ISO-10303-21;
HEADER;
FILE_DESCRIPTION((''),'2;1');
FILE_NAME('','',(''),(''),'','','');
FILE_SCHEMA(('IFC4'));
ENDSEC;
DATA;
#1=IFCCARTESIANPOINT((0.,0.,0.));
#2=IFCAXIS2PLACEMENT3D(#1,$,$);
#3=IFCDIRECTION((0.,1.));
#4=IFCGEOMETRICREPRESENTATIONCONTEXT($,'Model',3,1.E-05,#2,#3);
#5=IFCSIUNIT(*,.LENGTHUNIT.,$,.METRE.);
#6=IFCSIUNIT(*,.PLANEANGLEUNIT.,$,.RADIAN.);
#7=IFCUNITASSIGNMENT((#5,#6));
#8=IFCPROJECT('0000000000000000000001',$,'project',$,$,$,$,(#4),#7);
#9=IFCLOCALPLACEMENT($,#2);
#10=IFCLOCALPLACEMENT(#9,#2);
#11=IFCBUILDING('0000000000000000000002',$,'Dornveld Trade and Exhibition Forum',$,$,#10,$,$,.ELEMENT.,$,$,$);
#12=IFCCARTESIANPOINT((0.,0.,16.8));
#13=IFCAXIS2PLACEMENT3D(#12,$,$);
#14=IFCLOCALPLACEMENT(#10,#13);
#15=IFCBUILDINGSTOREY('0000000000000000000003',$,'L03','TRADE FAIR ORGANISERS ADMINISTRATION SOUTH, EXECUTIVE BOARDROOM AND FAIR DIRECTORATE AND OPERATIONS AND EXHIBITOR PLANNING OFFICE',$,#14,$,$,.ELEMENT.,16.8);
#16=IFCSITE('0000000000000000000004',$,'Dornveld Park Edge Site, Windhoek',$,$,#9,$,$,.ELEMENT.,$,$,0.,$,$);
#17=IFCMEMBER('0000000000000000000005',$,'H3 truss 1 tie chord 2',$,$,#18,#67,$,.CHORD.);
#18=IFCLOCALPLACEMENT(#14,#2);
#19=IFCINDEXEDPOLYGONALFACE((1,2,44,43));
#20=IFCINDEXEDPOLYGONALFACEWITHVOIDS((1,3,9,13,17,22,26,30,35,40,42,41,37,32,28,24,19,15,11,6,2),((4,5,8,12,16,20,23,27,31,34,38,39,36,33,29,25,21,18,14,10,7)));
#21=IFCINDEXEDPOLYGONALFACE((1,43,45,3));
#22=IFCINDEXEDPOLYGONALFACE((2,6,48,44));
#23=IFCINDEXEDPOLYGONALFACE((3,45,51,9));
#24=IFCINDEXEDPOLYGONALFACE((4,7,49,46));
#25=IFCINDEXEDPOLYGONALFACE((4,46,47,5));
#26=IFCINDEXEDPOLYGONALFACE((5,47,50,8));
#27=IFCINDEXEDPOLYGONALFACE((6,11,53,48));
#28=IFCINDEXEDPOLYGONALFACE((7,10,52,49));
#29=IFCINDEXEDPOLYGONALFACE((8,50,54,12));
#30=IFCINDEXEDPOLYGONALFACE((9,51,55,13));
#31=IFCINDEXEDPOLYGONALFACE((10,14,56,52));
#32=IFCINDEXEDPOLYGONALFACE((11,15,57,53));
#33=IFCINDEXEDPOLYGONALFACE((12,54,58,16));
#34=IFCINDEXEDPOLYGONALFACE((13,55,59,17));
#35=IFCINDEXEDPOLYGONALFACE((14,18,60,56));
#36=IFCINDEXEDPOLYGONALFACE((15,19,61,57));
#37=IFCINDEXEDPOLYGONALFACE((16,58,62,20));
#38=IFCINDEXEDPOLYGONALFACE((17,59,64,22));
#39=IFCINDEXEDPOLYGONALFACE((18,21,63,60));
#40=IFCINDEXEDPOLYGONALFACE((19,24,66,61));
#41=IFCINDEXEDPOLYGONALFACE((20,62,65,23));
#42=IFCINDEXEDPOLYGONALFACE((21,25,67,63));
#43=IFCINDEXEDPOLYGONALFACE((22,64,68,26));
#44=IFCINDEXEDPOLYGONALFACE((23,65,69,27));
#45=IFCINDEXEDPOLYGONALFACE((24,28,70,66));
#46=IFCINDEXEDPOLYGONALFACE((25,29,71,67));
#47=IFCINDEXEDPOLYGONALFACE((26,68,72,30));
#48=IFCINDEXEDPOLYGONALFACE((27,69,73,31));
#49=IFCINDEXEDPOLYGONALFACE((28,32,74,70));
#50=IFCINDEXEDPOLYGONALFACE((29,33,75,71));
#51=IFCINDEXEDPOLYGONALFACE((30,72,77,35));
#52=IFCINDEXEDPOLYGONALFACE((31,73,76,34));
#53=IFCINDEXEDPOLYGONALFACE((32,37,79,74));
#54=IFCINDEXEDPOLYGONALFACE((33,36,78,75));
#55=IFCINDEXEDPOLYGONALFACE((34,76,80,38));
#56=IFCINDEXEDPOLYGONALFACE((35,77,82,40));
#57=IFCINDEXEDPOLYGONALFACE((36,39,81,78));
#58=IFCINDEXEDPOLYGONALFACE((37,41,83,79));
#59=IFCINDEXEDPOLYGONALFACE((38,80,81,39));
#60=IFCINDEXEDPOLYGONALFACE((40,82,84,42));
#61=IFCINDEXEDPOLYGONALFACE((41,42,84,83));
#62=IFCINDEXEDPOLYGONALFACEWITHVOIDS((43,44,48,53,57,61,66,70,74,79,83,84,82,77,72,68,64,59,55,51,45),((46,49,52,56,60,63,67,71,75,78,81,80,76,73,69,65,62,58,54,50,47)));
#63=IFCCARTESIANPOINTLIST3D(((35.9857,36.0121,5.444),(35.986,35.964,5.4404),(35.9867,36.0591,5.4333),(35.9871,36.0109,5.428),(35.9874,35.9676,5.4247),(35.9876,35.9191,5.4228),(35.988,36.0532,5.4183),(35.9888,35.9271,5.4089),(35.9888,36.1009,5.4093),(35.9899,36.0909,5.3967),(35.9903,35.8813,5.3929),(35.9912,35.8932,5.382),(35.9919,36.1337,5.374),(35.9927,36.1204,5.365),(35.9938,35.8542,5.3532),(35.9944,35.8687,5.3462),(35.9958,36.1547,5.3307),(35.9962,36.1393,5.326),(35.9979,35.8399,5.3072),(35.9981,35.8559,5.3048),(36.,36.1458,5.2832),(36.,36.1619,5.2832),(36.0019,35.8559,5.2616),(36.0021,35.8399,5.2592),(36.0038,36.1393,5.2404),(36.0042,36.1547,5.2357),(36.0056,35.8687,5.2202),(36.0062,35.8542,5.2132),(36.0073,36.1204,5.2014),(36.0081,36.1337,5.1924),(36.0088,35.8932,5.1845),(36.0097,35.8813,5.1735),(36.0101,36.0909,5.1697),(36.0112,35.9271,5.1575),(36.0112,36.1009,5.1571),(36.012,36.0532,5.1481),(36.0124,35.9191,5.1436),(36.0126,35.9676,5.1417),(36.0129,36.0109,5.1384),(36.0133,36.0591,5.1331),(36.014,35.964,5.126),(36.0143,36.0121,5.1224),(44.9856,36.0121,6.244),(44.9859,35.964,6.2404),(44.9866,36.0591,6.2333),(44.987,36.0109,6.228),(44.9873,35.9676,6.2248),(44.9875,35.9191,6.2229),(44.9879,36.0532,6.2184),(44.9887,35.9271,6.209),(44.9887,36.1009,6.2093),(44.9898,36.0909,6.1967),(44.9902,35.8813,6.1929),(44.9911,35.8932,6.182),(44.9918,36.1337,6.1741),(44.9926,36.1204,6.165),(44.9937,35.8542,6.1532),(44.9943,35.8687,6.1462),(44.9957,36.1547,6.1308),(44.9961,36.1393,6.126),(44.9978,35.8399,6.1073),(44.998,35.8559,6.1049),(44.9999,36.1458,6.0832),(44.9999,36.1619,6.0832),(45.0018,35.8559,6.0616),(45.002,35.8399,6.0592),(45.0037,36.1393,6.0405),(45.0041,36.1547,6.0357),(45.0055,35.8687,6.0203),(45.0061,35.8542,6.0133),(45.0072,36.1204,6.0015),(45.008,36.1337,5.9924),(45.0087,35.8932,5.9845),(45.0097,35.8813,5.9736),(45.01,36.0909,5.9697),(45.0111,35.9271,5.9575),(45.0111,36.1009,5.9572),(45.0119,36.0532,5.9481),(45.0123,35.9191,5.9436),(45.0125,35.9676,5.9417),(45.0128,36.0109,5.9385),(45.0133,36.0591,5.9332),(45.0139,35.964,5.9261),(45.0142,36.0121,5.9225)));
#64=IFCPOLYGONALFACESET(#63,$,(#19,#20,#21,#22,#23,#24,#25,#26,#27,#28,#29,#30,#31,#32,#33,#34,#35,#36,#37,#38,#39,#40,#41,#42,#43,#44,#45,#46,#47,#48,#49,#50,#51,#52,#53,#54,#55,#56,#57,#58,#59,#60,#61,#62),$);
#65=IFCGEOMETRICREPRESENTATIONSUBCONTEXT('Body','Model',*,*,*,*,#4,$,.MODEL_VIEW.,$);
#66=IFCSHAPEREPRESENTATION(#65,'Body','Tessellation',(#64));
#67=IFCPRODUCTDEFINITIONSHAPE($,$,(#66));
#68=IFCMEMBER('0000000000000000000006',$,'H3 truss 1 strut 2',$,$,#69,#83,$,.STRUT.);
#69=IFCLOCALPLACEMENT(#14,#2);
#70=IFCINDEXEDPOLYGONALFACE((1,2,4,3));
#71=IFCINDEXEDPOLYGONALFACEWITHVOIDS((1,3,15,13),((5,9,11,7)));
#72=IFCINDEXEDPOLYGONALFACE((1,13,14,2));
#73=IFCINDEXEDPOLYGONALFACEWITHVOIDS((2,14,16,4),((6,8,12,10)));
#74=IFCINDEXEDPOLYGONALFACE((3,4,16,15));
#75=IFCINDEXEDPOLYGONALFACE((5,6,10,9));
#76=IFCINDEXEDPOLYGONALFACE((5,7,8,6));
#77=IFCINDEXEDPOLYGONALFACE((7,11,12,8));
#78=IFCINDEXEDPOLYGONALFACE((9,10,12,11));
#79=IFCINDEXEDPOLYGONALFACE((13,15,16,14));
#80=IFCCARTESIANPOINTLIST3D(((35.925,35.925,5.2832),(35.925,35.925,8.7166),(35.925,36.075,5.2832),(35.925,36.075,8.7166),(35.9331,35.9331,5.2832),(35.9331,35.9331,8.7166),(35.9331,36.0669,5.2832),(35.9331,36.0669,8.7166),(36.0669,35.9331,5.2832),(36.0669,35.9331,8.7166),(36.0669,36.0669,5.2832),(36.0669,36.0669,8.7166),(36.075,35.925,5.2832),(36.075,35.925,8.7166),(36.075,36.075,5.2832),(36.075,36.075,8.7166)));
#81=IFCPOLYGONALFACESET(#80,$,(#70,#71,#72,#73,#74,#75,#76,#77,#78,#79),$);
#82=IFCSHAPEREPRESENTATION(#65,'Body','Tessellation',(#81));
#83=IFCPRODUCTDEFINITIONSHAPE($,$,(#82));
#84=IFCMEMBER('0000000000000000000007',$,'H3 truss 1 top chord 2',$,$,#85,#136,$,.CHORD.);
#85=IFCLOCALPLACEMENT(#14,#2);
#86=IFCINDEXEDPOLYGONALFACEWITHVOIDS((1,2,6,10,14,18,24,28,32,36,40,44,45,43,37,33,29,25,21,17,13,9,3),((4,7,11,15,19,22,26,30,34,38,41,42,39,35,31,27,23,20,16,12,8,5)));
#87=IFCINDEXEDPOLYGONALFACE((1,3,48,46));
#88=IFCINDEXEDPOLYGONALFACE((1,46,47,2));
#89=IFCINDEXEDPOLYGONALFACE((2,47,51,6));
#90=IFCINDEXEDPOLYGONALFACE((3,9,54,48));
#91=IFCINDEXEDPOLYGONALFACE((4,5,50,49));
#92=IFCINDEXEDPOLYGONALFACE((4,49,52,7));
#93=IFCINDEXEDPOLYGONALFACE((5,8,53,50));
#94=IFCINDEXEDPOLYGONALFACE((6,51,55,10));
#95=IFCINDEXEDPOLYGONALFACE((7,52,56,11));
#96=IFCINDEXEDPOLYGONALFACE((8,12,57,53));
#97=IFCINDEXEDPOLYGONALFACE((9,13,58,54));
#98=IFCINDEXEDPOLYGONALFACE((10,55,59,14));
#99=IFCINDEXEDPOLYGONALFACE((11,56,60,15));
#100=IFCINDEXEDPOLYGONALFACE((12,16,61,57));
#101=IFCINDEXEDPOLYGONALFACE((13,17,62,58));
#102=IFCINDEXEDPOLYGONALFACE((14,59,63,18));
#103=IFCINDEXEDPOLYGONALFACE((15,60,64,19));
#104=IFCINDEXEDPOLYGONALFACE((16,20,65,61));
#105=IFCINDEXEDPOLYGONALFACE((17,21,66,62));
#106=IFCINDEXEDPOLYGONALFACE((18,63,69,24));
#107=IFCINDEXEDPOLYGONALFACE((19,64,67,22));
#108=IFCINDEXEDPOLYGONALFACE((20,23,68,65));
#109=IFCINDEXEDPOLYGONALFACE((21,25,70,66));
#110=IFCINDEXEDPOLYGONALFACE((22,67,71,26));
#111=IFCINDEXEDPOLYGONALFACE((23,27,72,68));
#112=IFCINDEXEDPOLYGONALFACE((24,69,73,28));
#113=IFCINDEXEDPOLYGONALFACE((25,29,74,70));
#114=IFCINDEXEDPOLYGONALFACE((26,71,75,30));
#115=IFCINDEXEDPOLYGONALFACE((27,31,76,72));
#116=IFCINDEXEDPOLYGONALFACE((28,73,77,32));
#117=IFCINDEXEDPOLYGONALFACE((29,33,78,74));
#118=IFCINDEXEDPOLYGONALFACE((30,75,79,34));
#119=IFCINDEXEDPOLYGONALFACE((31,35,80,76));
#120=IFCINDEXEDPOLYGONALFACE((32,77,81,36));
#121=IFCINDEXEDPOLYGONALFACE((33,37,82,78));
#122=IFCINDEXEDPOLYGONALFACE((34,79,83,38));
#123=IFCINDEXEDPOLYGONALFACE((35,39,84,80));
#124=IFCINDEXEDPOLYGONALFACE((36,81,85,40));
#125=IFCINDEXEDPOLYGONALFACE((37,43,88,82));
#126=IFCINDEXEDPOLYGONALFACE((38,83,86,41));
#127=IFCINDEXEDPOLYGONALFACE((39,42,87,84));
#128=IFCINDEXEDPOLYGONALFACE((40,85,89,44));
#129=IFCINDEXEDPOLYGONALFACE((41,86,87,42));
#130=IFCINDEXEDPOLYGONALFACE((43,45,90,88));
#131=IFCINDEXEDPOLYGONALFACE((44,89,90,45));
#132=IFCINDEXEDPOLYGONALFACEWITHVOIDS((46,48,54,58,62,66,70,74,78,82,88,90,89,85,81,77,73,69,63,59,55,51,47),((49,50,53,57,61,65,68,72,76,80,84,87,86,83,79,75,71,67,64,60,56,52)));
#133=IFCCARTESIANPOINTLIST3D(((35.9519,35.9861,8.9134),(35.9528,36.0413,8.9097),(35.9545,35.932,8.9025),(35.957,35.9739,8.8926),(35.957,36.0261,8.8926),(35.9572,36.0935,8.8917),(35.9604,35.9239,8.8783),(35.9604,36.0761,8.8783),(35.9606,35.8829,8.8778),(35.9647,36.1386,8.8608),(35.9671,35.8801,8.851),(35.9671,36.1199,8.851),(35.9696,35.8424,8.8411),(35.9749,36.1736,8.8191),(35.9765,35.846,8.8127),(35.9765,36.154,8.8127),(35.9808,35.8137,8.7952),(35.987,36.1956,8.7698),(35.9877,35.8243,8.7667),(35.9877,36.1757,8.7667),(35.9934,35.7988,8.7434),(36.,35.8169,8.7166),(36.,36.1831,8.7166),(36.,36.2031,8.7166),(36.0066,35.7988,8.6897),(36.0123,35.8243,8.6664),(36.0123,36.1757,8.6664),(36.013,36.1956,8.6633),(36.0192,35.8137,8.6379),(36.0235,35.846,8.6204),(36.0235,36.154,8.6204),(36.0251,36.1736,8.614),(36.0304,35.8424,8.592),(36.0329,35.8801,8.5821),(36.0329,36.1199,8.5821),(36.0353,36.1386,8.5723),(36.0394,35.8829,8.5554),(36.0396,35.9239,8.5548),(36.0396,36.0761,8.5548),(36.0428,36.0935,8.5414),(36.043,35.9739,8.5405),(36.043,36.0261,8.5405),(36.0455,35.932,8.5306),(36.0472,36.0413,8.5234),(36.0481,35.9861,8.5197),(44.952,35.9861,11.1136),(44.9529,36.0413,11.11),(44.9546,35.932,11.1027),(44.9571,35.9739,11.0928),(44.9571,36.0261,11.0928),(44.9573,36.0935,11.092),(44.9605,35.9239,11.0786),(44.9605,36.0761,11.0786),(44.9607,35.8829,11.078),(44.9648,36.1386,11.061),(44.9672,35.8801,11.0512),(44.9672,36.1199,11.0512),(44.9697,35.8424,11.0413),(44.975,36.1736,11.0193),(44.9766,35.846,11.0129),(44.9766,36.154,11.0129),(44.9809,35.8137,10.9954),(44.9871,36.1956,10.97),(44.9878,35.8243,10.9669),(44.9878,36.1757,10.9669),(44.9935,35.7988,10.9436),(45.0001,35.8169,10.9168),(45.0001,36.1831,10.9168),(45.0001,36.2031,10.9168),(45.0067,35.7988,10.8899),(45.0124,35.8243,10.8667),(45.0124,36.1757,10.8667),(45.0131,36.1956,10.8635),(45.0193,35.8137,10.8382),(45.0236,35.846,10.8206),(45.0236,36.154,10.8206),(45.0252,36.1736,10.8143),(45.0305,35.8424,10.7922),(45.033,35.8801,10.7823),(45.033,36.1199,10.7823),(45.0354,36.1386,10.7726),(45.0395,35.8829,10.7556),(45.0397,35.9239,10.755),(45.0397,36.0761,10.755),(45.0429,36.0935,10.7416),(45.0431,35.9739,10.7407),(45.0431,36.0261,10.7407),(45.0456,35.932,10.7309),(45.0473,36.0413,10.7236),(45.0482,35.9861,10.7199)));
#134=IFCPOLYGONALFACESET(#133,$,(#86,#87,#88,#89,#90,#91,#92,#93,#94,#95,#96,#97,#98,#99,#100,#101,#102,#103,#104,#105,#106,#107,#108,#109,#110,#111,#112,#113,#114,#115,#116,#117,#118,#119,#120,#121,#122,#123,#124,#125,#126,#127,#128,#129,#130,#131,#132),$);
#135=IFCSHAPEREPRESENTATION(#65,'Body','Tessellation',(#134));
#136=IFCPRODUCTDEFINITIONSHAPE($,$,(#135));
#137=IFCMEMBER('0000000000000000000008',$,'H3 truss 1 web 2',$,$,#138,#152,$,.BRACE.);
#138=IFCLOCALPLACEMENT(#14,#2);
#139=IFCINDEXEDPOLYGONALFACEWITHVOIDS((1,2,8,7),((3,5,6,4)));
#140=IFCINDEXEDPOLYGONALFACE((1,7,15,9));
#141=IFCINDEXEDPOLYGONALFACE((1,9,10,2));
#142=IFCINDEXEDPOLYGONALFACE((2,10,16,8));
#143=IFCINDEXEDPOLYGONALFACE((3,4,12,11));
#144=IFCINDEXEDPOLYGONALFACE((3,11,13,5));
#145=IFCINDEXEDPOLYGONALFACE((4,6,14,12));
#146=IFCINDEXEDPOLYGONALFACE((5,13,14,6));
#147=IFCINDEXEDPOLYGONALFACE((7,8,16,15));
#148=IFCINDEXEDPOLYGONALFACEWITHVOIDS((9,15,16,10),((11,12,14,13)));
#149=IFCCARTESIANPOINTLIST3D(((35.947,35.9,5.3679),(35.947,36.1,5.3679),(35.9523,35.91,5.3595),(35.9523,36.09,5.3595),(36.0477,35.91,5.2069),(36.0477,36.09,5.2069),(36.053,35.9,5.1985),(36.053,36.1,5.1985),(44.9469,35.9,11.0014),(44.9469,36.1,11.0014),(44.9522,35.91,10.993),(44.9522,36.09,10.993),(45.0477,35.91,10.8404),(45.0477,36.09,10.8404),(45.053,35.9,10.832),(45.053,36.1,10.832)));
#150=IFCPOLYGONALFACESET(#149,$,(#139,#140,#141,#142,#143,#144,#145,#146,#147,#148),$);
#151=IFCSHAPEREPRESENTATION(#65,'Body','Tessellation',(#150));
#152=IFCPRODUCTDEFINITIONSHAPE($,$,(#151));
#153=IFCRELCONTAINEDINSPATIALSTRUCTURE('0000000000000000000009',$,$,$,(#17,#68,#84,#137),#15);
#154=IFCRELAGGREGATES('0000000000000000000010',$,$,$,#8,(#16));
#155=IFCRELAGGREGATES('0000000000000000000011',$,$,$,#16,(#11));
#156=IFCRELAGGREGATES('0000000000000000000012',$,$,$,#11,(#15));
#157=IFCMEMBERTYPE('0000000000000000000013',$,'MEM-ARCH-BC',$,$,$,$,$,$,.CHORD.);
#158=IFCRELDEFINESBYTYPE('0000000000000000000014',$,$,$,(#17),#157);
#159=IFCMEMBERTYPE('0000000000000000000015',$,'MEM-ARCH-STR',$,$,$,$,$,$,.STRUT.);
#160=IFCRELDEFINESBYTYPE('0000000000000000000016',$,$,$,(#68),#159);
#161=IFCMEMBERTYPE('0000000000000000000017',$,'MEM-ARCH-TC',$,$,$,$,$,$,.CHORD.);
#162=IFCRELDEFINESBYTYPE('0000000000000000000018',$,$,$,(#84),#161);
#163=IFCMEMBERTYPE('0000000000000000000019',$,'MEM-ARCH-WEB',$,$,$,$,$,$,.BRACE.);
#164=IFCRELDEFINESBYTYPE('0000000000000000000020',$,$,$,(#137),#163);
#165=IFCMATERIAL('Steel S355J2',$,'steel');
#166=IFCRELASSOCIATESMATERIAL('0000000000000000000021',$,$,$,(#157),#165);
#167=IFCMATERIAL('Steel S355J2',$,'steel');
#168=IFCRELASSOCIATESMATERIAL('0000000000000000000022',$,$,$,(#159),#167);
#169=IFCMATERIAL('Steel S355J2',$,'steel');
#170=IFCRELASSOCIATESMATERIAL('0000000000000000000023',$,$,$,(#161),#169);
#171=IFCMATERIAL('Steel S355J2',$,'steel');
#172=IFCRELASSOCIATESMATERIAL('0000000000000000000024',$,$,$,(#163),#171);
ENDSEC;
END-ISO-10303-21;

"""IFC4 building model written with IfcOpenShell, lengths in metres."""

from ifc_helpers import new_model, si_unit, direction, frame, origin, origin_2d, place, context, subcontext, project, spatial, hollow_rectangle, hollow_circle, extrude, material, material_profile, profile_set, type_object, element, save


model = new_model("IFC4")

# Units and contexts
model_context = context("Model", 3, precision=1e-05, world=origin(), true_north=direction((0.0, 1.0)))
body_context = subcontext(model_context, "Body", "Model", "MODEL_VIEW")
ifc_project = project(units=[si_unit("LENGTHUNIT", "METRE"), si_unit("PLANEANGLEUNIT", "RADIAN")], contexts=[model_context])

# Site, building, storey
site_placement = place(None, origin())
site = spatial("IfcSite", under=ifc_project, at=site_placement, Name="Dornveld Park Edge Site, Windhoek", CompositionType="ELEMENT", RefElevation=0.0)
building_placement = place(site_placement, origin())
building = spatial("IfcBuilding", under=site, at=building_placement, Name="Dornveld Trade and Exhibition Forum", CompositionType="ELEMENT")
storey_placement = place(building_placement, frame((0.0, 0.0, 16.8)))
storey = spatial("IfcBuildingStorey", under=building, at=storey_placement, Name="L03", Description="TRADE FAIR ORGANISERS ADMINISTRATION SOUTH, EXECUTIVE BOARDROOM AND FAIR DIRECTORATE AND OPERATIONS AND EXHIBITOR PLANNING OFFICE", CompositionType="ELEMENT", Elevation=16.8)

# Members
ifc_material_1 = material(Name="Steel S355J2", Category="steel")
ifc_material_profile_1 = material_profile(ifc_material_1, hollow_circle(Radius=0.1619, WallThickness=0.0161, at=origin_2d()), Name="CHS 323.9x16")
ifc_profile_set_1 = profile_set([ifc_material_profile_1], Name="Steel S355J2")
member_type_1 = type_object("IfcMemberType", Name="MEM-ARCH-BC", PredefinedType="CHORD", material=ifc_profile_set_1)
member_1_placement = place(storey_placement, frame((36.0, 36.0, 5.2832), z_axis=(0.996072, 0.0, 0.088545), x_axis=(0.0, 1.0, 0.0)))
element("IfcMember", 1, at=member_1_placement, inside=storey, type_object=member_type_1, Name="H3 truss 1 tie chord 2", PredefinedType="CHORD", context=body_context, shape_type="SweptSolid", body=[
    extrude(hollow_circle(Radius=0.1619, WallThickness=0.0161, at=origin_2d()), origin(), (0.0, 0.0, 1.0), 9.0354),
])
ifc_material_2 = material(Name="Steel S355J2", Category="steel")
ifc_material_profile_2 = material_profile(ifc_material_2, hollow_rectangle(XDim=0.1499, YDim=0.1499, WallThickness=0.0081, at=origin_2d()), Name="SHS 150x150x8")
ifc_profile_set_2 = profile_set([ifc_material_profile_2], Name="Steel S355J2")
member_type_2 = type_object("IfcMemberType", Name="MEM-ARCH-STR", PredefinedType="STRUT", material=ifc_profile_set_2)
member_2_placement = place(storey_placement, frame((36.0, 36.0, 5.2832), z_axis=(0.0, 0.0, 1.0), x_axis=(1.0, 0.0, 0.0)))
element("IfcMember", 2, at=member_2_placement, inside=storey, type_object=member_type_2, Name="H3 truss 1 strut 2", PredefinedType="STRUT", context=body_context, shape_type="SweptSolid", body=[
    extrude(hollow_rectangle(XDim=0.1499, YDim=0.1499, WallThickness=0.0081, at=origin_2d()), origin(), (0.0, 0.0, 1.0), 3.4333),
])
ifc_material_3 = material(Name="Steel S355J2", Category="steel")
ifc_material_profile_3 = material_profile(ifc_material_3, hollow_circle(Radius=0.2031, WallThickness=0.02, at=origin_2d()), Name="CHS 406.4x20")
ifc_profile_set_3 = profile_set([ifc_material_profile_3], Name="Steel S355J2")
member_type_3 = type_object("IfcMemberType", Name="MEM-ARCH-TC", PredefinedType="CHORD", material=ifc_profile_set_3)
member_3_placement = place(storey_placement, frame((36.0, 36.0, 8.7166), z_axis=(0.971394, 0.0, 0.237473), x_axis=(0.0, 1.0, 0.0)))
element("IfcMember", 3, at=member_3_placement, inside=storey, type_object=member_type_3, Name="H3 truss 1 top chord 2", PredefinedType="CHORD", context=body_context, shape_type="SweptSolid", body=[
    extrude(hollow_circle(Radius=0.2031, WallThickness=0.02, at=origin_2d()), origin(), (0.0, 0.0, 1.0), 9.2651),
])
ifc_material_4 = material(Name="Steel S355J2", Category="steel")
ifc_material_profile_4 = material_profile(ifc_material_4, hollow_rectangle(XDim=0.2, YDim=0.2, WallThickness=0.01, at=origin_2d()), Name="SHS 200x200x10")
ifc_profile_set_4 = profile_set([ifc_material_profile_4], Name="Steel S355J2")
member_type_4 = type_object("IfcMemberType", Name="MEM-ARCH-WEB", PredefinedType="BRACE", material=ifc_profile_set_4)
member_4_placement = place(storey_placement, frame((36.0, 36.0, 5.2832), z_axis=(0.847636, 0.0, 0.530578), x_axis=(0.0, 1.0, 0.0)))
element("IfcMember", 4, at=member_4_placement, inside=storey, type_object=member_type_4, Name="H3 truss 1 web 2", PredefinedType="BRACE", context=body_context, shape_type="SweptSolid", body=[
    extrude(hollow_rectangle(XDim=0.2, YDim=0.2, WallThickness=0.01, at=origin_2d()), origin(), (0.0, 0.0, 1.0), 10.6177),
])

save(model, "model.ifc")
